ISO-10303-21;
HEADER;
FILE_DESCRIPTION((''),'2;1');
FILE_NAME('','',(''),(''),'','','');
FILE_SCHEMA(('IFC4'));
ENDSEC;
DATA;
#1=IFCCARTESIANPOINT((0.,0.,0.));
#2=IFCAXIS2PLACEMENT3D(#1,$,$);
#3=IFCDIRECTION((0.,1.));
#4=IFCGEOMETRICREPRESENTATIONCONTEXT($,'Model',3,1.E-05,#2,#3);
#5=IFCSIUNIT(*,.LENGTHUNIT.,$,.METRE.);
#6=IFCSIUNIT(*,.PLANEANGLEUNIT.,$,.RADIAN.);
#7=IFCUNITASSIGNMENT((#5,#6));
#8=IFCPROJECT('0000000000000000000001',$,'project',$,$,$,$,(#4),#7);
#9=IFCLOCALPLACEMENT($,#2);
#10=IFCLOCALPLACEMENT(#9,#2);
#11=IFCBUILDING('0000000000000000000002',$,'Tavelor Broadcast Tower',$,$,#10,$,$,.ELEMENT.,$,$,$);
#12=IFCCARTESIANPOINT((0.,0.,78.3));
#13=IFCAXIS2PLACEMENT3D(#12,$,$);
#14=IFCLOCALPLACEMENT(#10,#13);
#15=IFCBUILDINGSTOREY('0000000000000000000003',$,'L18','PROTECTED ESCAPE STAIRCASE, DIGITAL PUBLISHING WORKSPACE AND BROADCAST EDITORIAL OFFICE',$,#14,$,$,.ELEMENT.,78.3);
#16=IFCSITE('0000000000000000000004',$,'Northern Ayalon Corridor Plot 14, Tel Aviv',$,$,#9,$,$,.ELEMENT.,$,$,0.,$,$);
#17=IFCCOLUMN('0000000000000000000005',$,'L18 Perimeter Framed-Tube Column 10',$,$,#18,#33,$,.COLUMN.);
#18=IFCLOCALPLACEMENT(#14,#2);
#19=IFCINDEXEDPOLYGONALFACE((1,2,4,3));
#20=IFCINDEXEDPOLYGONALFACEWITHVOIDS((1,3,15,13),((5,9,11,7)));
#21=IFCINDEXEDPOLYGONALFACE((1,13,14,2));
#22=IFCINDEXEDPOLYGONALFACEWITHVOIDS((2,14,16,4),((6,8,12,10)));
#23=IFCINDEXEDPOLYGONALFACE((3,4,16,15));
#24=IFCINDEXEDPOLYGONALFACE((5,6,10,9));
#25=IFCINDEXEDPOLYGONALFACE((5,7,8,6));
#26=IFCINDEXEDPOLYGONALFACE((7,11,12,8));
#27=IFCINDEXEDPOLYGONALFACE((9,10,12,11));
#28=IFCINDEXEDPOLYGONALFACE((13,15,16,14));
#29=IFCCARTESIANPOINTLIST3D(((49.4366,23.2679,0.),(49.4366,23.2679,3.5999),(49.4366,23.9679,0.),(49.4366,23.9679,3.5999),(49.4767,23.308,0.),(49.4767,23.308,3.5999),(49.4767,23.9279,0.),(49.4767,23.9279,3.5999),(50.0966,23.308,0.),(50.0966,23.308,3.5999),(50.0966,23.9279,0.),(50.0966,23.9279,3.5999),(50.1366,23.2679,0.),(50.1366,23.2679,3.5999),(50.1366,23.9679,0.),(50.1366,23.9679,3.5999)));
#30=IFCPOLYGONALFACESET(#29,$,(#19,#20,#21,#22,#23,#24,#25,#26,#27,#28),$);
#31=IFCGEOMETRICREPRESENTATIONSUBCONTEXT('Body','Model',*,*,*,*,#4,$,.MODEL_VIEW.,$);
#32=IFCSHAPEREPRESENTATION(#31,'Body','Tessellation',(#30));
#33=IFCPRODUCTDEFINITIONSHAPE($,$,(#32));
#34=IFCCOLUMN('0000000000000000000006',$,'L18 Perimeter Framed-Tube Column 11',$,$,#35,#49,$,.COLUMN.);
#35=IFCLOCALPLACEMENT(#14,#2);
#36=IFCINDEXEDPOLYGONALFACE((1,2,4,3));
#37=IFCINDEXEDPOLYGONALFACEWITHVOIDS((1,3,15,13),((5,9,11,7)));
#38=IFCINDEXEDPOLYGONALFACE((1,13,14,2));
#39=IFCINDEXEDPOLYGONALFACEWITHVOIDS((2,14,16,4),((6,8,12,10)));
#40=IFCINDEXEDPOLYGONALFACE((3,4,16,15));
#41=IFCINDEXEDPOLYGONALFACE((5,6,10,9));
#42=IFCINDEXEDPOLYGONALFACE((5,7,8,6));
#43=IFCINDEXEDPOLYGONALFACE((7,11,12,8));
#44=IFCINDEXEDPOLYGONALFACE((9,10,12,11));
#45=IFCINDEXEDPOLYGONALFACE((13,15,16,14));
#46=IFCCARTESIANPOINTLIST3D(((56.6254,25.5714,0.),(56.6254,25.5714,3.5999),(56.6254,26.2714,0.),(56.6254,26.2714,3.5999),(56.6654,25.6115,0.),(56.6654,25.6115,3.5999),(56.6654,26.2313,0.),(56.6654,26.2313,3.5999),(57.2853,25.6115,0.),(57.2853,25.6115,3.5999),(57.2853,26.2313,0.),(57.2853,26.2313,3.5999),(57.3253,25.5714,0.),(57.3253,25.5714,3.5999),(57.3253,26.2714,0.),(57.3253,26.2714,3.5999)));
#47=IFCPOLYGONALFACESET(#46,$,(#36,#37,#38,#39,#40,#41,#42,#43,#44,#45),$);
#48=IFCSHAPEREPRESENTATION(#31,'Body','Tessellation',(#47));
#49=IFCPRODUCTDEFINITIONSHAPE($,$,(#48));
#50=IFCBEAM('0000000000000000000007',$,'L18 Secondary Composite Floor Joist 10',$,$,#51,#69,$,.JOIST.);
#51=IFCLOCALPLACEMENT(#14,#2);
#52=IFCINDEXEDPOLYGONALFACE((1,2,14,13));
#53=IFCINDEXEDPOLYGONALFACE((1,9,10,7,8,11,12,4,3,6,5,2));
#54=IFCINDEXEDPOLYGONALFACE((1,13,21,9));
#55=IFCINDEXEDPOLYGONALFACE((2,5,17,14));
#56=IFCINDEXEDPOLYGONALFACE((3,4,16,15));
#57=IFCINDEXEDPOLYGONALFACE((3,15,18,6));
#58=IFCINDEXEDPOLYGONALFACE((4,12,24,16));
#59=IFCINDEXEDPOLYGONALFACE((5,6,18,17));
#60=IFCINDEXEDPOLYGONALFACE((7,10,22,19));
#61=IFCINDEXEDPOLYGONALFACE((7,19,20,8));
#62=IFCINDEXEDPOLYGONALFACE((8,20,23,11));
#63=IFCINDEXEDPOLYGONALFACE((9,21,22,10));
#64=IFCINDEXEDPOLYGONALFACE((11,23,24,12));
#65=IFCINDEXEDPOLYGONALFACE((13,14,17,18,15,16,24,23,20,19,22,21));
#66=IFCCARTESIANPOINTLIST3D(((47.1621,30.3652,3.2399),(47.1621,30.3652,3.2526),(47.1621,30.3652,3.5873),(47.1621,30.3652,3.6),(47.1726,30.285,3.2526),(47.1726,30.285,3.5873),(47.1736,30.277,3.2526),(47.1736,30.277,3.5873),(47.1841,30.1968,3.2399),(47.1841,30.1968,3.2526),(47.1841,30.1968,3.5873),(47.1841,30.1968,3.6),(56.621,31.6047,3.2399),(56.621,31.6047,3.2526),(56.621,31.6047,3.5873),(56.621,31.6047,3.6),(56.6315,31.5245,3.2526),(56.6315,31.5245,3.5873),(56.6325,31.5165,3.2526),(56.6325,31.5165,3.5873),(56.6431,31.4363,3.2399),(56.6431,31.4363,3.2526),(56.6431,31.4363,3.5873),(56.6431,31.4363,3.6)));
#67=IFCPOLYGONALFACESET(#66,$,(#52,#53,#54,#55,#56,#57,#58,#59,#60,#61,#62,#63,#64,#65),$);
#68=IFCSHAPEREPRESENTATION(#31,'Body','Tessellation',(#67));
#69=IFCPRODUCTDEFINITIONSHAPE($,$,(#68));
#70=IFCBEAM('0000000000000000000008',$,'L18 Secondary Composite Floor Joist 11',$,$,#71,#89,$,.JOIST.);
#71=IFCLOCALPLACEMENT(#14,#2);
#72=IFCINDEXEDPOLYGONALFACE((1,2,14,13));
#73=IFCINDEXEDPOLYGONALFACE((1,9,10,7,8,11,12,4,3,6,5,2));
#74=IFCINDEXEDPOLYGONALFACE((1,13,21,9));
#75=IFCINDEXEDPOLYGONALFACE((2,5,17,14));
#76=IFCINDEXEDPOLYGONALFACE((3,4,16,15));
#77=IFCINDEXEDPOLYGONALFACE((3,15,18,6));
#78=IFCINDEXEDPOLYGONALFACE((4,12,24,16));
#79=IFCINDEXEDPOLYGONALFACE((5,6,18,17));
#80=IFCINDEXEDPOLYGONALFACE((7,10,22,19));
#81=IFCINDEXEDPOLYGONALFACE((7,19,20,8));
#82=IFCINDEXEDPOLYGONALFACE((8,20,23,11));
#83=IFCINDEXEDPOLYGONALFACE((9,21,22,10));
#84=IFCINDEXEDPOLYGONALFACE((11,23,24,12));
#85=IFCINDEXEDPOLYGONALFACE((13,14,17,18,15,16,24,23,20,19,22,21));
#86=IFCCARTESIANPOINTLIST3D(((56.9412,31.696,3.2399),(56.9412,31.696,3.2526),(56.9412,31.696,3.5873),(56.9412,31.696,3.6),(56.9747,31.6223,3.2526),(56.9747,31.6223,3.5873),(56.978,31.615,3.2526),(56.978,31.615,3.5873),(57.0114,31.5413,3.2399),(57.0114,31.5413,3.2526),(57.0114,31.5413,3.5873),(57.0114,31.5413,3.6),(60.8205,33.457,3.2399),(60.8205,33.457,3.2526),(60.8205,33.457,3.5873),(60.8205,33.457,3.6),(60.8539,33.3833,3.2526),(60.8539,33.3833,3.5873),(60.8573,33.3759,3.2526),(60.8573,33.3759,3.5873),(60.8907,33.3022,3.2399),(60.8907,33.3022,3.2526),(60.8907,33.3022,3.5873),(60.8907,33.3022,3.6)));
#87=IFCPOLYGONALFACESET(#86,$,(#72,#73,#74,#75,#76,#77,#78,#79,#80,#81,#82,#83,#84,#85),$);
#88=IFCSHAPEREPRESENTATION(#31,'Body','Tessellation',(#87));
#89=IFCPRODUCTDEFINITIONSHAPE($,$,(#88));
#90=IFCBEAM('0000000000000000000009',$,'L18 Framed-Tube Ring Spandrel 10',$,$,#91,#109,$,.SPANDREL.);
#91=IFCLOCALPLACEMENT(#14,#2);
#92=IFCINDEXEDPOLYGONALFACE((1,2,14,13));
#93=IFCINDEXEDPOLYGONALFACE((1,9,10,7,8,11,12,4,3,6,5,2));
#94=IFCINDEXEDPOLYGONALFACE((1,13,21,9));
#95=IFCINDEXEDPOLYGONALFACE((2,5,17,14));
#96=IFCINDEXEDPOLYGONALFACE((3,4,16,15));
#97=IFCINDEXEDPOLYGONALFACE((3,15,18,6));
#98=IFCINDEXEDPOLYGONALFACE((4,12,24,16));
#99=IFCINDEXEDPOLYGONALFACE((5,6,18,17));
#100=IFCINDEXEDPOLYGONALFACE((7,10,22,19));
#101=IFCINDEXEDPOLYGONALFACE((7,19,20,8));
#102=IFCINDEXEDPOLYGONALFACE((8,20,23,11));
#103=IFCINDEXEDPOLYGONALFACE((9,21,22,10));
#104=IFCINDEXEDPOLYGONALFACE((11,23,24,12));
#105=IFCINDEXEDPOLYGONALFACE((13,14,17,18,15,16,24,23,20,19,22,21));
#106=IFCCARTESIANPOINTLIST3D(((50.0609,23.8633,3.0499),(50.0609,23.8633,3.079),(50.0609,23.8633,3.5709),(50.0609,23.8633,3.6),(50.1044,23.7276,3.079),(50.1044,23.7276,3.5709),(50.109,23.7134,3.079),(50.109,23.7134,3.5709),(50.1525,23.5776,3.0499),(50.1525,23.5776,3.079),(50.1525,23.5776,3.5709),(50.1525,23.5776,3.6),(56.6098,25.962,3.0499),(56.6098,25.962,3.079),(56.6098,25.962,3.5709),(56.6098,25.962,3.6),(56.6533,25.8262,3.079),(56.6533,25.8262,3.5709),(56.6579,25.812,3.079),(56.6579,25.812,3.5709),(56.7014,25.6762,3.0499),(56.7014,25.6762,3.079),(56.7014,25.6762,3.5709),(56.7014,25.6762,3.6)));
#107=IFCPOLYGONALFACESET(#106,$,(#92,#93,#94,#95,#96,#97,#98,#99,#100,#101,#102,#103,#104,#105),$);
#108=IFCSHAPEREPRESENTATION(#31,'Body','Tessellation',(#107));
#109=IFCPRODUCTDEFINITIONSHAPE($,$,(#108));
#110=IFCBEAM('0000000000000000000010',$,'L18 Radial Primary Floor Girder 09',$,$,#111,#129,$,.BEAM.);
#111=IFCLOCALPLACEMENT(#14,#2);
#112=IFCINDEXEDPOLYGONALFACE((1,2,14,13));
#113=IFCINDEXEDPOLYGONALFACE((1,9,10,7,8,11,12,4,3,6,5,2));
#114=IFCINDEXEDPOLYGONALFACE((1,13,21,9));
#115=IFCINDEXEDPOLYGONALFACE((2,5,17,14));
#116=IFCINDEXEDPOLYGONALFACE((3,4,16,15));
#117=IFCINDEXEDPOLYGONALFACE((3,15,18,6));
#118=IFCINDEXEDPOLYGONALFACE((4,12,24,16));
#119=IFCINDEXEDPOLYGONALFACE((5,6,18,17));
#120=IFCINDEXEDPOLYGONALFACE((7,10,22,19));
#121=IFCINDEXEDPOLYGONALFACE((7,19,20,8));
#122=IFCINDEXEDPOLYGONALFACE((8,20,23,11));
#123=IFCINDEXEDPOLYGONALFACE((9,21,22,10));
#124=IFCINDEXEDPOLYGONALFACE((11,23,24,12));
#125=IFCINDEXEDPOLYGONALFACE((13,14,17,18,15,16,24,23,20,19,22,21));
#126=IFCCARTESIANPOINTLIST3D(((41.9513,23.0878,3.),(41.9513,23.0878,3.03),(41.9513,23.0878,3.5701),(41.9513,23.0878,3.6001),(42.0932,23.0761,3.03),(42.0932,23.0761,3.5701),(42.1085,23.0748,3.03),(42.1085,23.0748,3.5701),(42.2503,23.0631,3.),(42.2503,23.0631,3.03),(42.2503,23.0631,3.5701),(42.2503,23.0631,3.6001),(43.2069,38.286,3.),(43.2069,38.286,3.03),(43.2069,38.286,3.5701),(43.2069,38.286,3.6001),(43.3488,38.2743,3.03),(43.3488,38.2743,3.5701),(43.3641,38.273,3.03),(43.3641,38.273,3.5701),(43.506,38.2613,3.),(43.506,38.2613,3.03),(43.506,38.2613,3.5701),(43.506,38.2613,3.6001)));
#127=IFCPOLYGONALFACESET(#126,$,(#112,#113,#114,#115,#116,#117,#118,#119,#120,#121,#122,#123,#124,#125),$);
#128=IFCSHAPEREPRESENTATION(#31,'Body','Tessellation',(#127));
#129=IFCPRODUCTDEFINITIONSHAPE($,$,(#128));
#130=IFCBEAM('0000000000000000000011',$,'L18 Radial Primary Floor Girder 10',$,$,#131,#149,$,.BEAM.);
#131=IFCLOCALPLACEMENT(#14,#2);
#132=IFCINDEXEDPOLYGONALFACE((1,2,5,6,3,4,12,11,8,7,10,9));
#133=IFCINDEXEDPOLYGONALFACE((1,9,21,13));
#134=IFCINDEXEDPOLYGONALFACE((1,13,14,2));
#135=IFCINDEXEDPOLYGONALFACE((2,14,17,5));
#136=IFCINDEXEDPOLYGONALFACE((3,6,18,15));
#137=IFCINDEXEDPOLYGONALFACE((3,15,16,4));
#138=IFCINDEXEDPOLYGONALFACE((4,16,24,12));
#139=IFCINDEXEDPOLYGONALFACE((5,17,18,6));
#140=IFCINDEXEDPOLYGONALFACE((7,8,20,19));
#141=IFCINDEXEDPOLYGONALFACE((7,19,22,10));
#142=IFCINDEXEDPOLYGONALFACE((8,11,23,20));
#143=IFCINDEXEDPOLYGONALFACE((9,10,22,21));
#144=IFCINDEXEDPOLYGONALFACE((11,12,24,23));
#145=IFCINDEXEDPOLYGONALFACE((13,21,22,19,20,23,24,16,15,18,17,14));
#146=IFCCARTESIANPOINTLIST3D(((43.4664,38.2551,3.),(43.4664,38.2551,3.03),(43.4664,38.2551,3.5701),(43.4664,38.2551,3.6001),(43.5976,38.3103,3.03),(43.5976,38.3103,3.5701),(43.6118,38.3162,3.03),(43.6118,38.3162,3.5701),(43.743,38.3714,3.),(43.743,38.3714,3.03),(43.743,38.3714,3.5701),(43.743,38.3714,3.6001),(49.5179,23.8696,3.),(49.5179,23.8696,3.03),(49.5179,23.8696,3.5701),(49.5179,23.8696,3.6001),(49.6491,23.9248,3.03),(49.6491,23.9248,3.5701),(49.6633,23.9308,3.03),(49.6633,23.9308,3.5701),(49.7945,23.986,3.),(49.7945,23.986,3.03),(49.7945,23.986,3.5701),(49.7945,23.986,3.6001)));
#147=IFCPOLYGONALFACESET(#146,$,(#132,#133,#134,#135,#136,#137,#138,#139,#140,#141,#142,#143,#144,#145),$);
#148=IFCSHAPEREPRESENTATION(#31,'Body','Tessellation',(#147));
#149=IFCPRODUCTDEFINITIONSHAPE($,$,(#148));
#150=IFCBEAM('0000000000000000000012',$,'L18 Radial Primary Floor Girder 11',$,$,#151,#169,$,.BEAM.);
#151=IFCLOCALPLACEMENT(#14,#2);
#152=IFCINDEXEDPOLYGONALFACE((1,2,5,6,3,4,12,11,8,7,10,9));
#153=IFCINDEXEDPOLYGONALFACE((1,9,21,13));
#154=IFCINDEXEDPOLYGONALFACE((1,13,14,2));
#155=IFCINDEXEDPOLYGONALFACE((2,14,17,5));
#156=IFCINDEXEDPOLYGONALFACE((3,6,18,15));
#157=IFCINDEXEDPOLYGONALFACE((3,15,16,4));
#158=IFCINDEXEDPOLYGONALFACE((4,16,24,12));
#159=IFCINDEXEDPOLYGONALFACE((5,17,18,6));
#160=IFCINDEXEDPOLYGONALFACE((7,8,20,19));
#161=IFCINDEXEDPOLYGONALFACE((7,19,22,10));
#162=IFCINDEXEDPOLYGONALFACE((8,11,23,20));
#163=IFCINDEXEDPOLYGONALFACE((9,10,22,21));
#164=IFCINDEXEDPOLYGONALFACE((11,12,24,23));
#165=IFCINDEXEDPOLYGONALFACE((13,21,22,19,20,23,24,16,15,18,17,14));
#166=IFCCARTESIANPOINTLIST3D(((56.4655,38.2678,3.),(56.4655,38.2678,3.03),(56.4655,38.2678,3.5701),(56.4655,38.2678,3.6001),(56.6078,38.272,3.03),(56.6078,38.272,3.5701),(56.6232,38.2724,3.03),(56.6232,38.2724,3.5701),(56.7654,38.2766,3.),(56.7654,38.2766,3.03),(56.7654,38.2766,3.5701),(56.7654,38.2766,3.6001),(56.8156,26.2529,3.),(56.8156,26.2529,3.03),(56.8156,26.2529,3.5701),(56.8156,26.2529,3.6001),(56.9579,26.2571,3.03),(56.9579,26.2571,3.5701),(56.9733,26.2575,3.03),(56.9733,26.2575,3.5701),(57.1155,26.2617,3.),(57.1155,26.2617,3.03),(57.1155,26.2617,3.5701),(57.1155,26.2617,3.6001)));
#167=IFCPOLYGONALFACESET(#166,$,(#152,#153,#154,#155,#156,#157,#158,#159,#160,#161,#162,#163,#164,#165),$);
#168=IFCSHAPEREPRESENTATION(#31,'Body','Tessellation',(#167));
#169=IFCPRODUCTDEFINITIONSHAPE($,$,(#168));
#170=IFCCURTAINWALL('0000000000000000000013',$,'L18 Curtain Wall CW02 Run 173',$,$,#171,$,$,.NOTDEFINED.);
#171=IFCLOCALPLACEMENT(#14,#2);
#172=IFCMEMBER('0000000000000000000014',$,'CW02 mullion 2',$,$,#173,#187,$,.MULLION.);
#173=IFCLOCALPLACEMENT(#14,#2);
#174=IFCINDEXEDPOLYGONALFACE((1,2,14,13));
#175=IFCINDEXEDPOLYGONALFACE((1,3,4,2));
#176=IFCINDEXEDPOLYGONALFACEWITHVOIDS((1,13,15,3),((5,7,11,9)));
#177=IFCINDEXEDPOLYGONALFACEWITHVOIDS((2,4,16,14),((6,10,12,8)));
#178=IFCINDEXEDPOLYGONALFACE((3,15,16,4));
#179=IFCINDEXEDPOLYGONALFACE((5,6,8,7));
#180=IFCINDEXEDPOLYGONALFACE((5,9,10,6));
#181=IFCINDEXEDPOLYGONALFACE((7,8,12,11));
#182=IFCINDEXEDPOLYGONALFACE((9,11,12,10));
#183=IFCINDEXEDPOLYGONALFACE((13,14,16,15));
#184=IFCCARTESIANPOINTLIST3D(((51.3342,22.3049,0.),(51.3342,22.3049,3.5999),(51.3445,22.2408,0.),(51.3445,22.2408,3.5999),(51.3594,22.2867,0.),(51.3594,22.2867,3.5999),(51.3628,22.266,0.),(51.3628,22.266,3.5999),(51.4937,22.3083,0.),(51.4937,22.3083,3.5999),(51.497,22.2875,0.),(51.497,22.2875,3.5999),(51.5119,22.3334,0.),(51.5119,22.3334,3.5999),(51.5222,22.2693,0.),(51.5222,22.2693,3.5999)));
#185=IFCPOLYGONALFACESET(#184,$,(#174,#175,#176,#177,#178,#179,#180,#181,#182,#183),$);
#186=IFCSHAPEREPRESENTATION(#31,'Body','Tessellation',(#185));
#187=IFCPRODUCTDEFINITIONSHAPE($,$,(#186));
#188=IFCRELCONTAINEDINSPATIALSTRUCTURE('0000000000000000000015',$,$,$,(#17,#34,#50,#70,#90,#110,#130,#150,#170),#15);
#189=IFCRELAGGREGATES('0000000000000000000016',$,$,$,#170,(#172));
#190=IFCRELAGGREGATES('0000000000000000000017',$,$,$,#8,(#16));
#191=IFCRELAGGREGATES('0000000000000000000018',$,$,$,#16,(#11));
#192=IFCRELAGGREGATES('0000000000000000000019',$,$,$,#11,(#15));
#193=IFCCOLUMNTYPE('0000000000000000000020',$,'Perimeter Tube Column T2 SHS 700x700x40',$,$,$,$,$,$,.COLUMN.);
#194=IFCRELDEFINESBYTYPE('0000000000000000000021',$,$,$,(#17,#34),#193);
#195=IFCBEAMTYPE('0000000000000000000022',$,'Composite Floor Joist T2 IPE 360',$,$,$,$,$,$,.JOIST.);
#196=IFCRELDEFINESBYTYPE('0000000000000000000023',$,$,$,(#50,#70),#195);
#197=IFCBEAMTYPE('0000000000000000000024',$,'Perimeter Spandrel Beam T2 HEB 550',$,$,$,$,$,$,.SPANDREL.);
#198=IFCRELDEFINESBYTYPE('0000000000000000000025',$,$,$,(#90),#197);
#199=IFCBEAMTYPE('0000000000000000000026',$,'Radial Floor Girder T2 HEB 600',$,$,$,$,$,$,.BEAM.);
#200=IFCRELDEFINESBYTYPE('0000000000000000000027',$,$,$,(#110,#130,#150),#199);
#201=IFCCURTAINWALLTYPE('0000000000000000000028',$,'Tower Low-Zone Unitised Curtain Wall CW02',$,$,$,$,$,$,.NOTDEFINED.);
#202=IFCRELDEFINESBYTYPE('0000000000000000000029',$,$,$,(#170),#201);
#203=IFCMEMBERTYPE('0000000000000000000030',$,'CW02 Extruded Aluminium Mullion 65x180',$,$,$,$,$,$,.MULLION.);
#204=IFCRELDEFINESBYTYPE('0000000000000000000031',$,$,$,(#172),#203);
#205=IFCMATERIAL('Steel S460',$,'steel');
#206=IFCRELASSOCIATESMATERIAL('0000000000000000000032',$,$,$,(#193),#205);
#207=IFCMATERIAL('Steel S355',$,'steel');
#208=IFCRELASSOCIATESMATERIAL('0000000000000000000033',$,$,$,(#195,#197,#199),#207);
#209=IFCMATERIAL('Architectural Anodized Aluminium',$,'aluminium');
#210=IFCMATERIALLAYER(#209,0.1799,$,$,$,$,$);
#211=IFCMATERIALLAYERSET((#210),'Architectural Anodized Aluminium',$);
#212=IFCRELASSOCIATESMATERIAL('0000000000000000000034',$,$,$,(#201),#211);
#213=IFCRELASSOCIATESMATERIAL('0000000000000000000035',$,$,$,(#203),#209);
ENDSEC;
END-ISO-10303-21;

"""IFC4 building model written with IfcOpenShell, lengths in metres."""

from ifc_helpers import new_model, si_unit, direction, frame, origin, origin_2d, place, context, subcontext, project, spatial, hollow_rectangle, i_section, extrude, source, transform, mapped, material, layer, layer_set, material_profile, profile_set, type_object, type_shapes, element, aggregate, save


model = new_model("IFC4")

# Units and contexts
model_context = context("Model", 3, precision=1e-05, world=origin(), true_north=direction((0.0, 1.0)))
body_context = subcontext(model_context, "Body", "Model", "MODEL_VIEW")
ifc_project = project(units=[si_unit("LENGTHUNIT", "METRE"), si_unit("PLANEANGLEUNIT", "RADIAN")], contexts=[model_context])

# Site, building, storey
site_placement = place(None, origin())
site = spatial("IfcSite", under=ifc_project, at=site_placement, Name="Northern Ayalon Corridor Plot 14, Tel Aviv", CompositionType="ELEMENT", RefElevation=0.0)
building_placement = place(site_placement, origin())
building = spatial("IfcBuilding", under=site, at=building_placement, Name="Tavelor Broadcast Tower", CompositionType="ELEMENT")
storey_placement = place(building_placement, frame((0.0, 0.0, 78.3)))
storey = spatial("IfcBuildingStorey", under=building, at=storey_placement, Name="L18", Description="PROTECTED ESCAPE STAIRCASE, DIGITAL PUBLISHING WORKSPACE AND BROADCAST EDITORIAL OFFICE", CompositionType="ELEMENT", Elevation=78.3)

# Columns
ifc_material_1 = material(Name="Steel S460", Category="steel")
ifc_material_profile_1 = material_profile(ifc_material_1, hollow_rectangle(XDim=0.7, YDim=0.7, WallThickness=0.04, at=origin_2d()), Name="SHS 700x700x40")
ifc_profile_set_1 = profile_set([ifc_material_profile_1], Name="Steel S460")
column_type = type_object("IfcColumnType", Name="Perimeter Tube Column T2 SHS 700x700x40", PredefinedType="COLUMN", material=ifc_profile_set_1)
for number, where, z_axis, x_axis, name in (
    (1, (49.7866, 23.6179, 0.0), (0.0, 0.0, 1.0), (1.0, 0.0, 0.0), "L18 Perimeter Framed-Tube Column 10"),
    (2, (56.9753, 25.9214, 0.0), (0.0, 0.0, 1.0), (1.0, 0.0, 0.0), "L18 Perimeter Framed-Tube Column 11"),
):
    element("IfcColumn", number, at=place(storey_placement, frame(where, z_axis=z_axis, x_axis=x_axis)), inside=storey, type_object=column_type, Name=name, PredefinedType="COLUMN", context=body_context, shape_type="SweptSolid", body=[
        extrude(hollow_rectangle(XDim=0.7, YDim=0.7, WallThickness=0.04, at=origin_2d()), origin(), (0.0, 0.0, 1.0), 3.5999),
    ])

# Beams
ifc_material_2 = material(Name="Steel S355", Category="steel")
ifc_material_profile_2 = material_profile(ifc_material_2, i_section(OverallWidth=0.1699, OverallDepth=0.3601, WebThickness=0.0081, FlangeThickness=0.0127, at=origin_2d()), Name="IPE 360")
ifc_profile_set_2 = profile_set([ifc_material_profile_2], Name="Steel S355")
beam_type_1 = type_object("IfcBeamType", Name="Composite Floor Joist T2 IPE 360", PredefinedType="JOIST", material=ifc_profile_set_2)
beam_1_placement = place(storey_placement, frame((47.1731, 30.281, 3.4199), z_axis=(0.991523, 0.129929, 0.0), x_axis=(-0.129929, 0.991523, 0.0)))
element("IfcBeam", 3, at=beam_1_placement, inside=storey, type_object=beam_type_1, Name="L18 Secondary Composite Floor Joist 10", PredefinedType="JOIST", context=body_context, shape_type="SweptSolid", body=[
    extrude(i_section(OverallWidth=0.1699, OverallDepth=0.3601, WebThickness=0.0081, FlangeThickness=0.0127, at=origin_2d()), origin(), (0.0, 0.0, 1.0), 9.5398),
])
beam_2_placement = place(storey_placement, frame((56.9763, 31.6187, 3.4199), z_axis=(0.910576, 0.413341, 0.0), x_axis=(-0.413341, 0.910576, 0.0)))
element("IfcBeam", 4, at=beam_2_placement, inside=storey, type_object=beam_type_1, Name="L18 Secondary Composite Floor Joist 11", PredefinedType="JOIST", context=body_context, shape_type="SweptSolid", body=[
    extrude(i_section(OverallWidth=0.1699, OverallDepth=0.3601, WebThickness=0.0081, FlangeThickness=0.0127, at=origin_2d()), origin(), (0.0, 0.0, 1.0), 4.2603),
])
ifc_material_profile_3 = material_profile(ifc_material_2, i_section(OverallWidth=0.3, OverallDepth=0.55, WebThickness=0.0149, FlangeThickness=0.0291, at=origin_2d()), Name="HEB 550")
ifc_profile_set_3 = profile_set([ifc_material_profile_3], Name="Steel S355")
beam_type_2 = type_object("IfcBeamType", Name="Perimeter Spandrel Beam T2 HEB 550", PredefinedType="SPANDREL", material=ifc_profile_set_3)
beam_3_placement = place(storey_placement, frame((50.1067, 23.7205, 3.325), z_axis=(0.952297, 0.305172, 0.0), x_axis=(-0.305172, 0.952297, 0.0)))
element("IfcBeam", 5, at=beam_3_placement, inside=storey, type_object=beam_type_2, Name="L18 Framed-Tube Ring Spandrel 10", PredefinedType="SPANDREL", context=body_context, shape_type="SweptSolid", body=[
    extrude(i_section(OverallWidth=0.3, OverallDepth=0.55, WebThickness=0.0149, FlangeThickness=0.0291, at=origin_2d()), origin(), (0.0, 0.0, 1.0), 6.877),
])
ifc_material_profile_4 = material_profile(ifc_material_2, i_section(OverallWidth=0.3, OverallDepth=0.6001, WebThickness=0.0154, FlangeThickness=0.03, at=origin_2d()), Name="HEB 600")
ifc_profile_set_4 = profile_set([ifc_material_profile_4], Name="Steel S355")
beam_type_3 = type_object("IfcBeamType", Name="Radial Floor Girder T2 HEB 600", PredefinedType="BEAM", material=ifc_profile_set_4)
beam_4_placement = place(storey_placement, frame((43.3564, 38.2737, 3.3), z_axis=(-0.082335, -0.996605, 0.0), x_axis=(0.996605, -0.082335, 0.0)))
element("IfcBeam", 6, at=beam_4_placement, inside=storey, type_object=beam_type_3, Name="L18 Radial Primary Floor Girder 09", PredefinedType="BEAM", context=body_context, shape_type="SweptSolid", body=[
    extrude(i_section(OverallWidth=0.3, OverallDepth=0.6001, WebThickness=0.0154, FlangeThickness=0.03, at=origin_2d()), origin(), (0.0, 0.0, 1.0), 15.25),
])
beam_5_placement = place(storey_placement, frame((43.6047, 38.3132, 3.3), z_axis=(0.387756, -0.921762, 0.0), x_axis=(0.921762, 0.387756, 0.0)))
element("IfcBeam", 7, at=beam_5_placement, inside=storey, type_object=beam_type_3, Name="L18 Radial Primary Floor Girder 10", PredefinedType="BEAM", context=body_context, shape_type="SweptSolid", body=[
    extrude(i_section(OverallWidth=0.3, OverallDepth=0.6001, WebThickness=0.0154, FlangeThickness=0.03, at=origin_2d()), origin(), (0.0, 0.0, 1.0), 15.6064),
])
beam_6_placement = place(storey_placement, frame((56.6155, 38.2722, 3.3), z_axis=(0.029126, -0.999576, 0.0), x_axis=(0.999576, 0.029126, 0.0)))
element("IfcBeam", 8, at=beam_6_placement, inside=storey, type_object=beam_type_3, Name="L18 Radial Primary Floor Girder 11", PredefinedType="BEAM", context=body_context, shape_type="SweptSolid", body=[
    extrude(i_section(OverallWidth=0.3, OverallDepth=0.6001, WebThickness=0.0154, FlangeThickness=0.03, at=origin_2d()), origin(), (0.0, 0.0, 1.0), 12.02),
])

# Curtain wall, member
ifc_material_3 = material(Name="Architectural Anodized Aluminium", Category="aluminium")
ifc_layer_1 = layer(ifc_material_3, 0.1799)
ifc_layer_set_1 = layer_set([ifc_layer_1], Name="Architectural Anodized Aluminium")
curtain_wall_type = type_object("IfcCurtainWallType", Name="Tower Low-Zone Unitised Curtain Wall CW02", PredefinedType="NOTDEFINED", material=ifc_layer_set_1)
curtain_wall_1_placement = place(storey_placement, origin())
curtain_wall_1 = element("IfcCurtainWall", 9, at=curtain_wall_1_placement, inside=storey, type_object=curtain_wall_type, Name="L18 Curtain Wall CW02 Run 173", PredefinedType="NOTDEFINED")
ifc_material_profile_5 = material_profile(ifc_material_3, hollow_rectangle(XDim=0.0649, YDim=0.1799, WallThickness=0.022, at=origin_2d()), Name="RHS 65x180x22")
ifc_profile_set_5 = profile_set([ifc_material_profile_5], Name="Architectural Anodized Aluminium")
member_type_1 = type_object("IfcMemberType", Name="CW02 Extruded Aluminium Mullion 65x180", PredefinedType="MULLION", material=ifc_profile_set_5)
shared_shape_1 = source(origin(), body_context, "Body", "SweptSolid", [
    extrude(hollow_rectangle(XDim=0.0649, YDim=0.1799, WallThickness=0.022, at=origin_2d()), origin(), (0.0, 0.0, 1.0), 3.5999),
])
type_shapes(member_type_1, [shared_shape_1])
member_1_placement = place(storey_placement, frame((51.4282, 22.2871, 0.0), z_axis=(0.0, 0.0, 1.0), x_axis=(-0.158589, 0.987345, 0.0)))
member_1 = element("IfcMember", 10, at=member_1_placement, type_object=member_type_1, Name="CW02 mullion 2", PredefinedType="MULLION", context=body_context, shape_type="MappedRepresentation", body=[
    mapped(shared_shape_1, transform((0.0, 0.0, 0.0), scale=1.0)),
])

aggregate(curtain_wall_1, [member_1])

save(model, "model.ifc")
